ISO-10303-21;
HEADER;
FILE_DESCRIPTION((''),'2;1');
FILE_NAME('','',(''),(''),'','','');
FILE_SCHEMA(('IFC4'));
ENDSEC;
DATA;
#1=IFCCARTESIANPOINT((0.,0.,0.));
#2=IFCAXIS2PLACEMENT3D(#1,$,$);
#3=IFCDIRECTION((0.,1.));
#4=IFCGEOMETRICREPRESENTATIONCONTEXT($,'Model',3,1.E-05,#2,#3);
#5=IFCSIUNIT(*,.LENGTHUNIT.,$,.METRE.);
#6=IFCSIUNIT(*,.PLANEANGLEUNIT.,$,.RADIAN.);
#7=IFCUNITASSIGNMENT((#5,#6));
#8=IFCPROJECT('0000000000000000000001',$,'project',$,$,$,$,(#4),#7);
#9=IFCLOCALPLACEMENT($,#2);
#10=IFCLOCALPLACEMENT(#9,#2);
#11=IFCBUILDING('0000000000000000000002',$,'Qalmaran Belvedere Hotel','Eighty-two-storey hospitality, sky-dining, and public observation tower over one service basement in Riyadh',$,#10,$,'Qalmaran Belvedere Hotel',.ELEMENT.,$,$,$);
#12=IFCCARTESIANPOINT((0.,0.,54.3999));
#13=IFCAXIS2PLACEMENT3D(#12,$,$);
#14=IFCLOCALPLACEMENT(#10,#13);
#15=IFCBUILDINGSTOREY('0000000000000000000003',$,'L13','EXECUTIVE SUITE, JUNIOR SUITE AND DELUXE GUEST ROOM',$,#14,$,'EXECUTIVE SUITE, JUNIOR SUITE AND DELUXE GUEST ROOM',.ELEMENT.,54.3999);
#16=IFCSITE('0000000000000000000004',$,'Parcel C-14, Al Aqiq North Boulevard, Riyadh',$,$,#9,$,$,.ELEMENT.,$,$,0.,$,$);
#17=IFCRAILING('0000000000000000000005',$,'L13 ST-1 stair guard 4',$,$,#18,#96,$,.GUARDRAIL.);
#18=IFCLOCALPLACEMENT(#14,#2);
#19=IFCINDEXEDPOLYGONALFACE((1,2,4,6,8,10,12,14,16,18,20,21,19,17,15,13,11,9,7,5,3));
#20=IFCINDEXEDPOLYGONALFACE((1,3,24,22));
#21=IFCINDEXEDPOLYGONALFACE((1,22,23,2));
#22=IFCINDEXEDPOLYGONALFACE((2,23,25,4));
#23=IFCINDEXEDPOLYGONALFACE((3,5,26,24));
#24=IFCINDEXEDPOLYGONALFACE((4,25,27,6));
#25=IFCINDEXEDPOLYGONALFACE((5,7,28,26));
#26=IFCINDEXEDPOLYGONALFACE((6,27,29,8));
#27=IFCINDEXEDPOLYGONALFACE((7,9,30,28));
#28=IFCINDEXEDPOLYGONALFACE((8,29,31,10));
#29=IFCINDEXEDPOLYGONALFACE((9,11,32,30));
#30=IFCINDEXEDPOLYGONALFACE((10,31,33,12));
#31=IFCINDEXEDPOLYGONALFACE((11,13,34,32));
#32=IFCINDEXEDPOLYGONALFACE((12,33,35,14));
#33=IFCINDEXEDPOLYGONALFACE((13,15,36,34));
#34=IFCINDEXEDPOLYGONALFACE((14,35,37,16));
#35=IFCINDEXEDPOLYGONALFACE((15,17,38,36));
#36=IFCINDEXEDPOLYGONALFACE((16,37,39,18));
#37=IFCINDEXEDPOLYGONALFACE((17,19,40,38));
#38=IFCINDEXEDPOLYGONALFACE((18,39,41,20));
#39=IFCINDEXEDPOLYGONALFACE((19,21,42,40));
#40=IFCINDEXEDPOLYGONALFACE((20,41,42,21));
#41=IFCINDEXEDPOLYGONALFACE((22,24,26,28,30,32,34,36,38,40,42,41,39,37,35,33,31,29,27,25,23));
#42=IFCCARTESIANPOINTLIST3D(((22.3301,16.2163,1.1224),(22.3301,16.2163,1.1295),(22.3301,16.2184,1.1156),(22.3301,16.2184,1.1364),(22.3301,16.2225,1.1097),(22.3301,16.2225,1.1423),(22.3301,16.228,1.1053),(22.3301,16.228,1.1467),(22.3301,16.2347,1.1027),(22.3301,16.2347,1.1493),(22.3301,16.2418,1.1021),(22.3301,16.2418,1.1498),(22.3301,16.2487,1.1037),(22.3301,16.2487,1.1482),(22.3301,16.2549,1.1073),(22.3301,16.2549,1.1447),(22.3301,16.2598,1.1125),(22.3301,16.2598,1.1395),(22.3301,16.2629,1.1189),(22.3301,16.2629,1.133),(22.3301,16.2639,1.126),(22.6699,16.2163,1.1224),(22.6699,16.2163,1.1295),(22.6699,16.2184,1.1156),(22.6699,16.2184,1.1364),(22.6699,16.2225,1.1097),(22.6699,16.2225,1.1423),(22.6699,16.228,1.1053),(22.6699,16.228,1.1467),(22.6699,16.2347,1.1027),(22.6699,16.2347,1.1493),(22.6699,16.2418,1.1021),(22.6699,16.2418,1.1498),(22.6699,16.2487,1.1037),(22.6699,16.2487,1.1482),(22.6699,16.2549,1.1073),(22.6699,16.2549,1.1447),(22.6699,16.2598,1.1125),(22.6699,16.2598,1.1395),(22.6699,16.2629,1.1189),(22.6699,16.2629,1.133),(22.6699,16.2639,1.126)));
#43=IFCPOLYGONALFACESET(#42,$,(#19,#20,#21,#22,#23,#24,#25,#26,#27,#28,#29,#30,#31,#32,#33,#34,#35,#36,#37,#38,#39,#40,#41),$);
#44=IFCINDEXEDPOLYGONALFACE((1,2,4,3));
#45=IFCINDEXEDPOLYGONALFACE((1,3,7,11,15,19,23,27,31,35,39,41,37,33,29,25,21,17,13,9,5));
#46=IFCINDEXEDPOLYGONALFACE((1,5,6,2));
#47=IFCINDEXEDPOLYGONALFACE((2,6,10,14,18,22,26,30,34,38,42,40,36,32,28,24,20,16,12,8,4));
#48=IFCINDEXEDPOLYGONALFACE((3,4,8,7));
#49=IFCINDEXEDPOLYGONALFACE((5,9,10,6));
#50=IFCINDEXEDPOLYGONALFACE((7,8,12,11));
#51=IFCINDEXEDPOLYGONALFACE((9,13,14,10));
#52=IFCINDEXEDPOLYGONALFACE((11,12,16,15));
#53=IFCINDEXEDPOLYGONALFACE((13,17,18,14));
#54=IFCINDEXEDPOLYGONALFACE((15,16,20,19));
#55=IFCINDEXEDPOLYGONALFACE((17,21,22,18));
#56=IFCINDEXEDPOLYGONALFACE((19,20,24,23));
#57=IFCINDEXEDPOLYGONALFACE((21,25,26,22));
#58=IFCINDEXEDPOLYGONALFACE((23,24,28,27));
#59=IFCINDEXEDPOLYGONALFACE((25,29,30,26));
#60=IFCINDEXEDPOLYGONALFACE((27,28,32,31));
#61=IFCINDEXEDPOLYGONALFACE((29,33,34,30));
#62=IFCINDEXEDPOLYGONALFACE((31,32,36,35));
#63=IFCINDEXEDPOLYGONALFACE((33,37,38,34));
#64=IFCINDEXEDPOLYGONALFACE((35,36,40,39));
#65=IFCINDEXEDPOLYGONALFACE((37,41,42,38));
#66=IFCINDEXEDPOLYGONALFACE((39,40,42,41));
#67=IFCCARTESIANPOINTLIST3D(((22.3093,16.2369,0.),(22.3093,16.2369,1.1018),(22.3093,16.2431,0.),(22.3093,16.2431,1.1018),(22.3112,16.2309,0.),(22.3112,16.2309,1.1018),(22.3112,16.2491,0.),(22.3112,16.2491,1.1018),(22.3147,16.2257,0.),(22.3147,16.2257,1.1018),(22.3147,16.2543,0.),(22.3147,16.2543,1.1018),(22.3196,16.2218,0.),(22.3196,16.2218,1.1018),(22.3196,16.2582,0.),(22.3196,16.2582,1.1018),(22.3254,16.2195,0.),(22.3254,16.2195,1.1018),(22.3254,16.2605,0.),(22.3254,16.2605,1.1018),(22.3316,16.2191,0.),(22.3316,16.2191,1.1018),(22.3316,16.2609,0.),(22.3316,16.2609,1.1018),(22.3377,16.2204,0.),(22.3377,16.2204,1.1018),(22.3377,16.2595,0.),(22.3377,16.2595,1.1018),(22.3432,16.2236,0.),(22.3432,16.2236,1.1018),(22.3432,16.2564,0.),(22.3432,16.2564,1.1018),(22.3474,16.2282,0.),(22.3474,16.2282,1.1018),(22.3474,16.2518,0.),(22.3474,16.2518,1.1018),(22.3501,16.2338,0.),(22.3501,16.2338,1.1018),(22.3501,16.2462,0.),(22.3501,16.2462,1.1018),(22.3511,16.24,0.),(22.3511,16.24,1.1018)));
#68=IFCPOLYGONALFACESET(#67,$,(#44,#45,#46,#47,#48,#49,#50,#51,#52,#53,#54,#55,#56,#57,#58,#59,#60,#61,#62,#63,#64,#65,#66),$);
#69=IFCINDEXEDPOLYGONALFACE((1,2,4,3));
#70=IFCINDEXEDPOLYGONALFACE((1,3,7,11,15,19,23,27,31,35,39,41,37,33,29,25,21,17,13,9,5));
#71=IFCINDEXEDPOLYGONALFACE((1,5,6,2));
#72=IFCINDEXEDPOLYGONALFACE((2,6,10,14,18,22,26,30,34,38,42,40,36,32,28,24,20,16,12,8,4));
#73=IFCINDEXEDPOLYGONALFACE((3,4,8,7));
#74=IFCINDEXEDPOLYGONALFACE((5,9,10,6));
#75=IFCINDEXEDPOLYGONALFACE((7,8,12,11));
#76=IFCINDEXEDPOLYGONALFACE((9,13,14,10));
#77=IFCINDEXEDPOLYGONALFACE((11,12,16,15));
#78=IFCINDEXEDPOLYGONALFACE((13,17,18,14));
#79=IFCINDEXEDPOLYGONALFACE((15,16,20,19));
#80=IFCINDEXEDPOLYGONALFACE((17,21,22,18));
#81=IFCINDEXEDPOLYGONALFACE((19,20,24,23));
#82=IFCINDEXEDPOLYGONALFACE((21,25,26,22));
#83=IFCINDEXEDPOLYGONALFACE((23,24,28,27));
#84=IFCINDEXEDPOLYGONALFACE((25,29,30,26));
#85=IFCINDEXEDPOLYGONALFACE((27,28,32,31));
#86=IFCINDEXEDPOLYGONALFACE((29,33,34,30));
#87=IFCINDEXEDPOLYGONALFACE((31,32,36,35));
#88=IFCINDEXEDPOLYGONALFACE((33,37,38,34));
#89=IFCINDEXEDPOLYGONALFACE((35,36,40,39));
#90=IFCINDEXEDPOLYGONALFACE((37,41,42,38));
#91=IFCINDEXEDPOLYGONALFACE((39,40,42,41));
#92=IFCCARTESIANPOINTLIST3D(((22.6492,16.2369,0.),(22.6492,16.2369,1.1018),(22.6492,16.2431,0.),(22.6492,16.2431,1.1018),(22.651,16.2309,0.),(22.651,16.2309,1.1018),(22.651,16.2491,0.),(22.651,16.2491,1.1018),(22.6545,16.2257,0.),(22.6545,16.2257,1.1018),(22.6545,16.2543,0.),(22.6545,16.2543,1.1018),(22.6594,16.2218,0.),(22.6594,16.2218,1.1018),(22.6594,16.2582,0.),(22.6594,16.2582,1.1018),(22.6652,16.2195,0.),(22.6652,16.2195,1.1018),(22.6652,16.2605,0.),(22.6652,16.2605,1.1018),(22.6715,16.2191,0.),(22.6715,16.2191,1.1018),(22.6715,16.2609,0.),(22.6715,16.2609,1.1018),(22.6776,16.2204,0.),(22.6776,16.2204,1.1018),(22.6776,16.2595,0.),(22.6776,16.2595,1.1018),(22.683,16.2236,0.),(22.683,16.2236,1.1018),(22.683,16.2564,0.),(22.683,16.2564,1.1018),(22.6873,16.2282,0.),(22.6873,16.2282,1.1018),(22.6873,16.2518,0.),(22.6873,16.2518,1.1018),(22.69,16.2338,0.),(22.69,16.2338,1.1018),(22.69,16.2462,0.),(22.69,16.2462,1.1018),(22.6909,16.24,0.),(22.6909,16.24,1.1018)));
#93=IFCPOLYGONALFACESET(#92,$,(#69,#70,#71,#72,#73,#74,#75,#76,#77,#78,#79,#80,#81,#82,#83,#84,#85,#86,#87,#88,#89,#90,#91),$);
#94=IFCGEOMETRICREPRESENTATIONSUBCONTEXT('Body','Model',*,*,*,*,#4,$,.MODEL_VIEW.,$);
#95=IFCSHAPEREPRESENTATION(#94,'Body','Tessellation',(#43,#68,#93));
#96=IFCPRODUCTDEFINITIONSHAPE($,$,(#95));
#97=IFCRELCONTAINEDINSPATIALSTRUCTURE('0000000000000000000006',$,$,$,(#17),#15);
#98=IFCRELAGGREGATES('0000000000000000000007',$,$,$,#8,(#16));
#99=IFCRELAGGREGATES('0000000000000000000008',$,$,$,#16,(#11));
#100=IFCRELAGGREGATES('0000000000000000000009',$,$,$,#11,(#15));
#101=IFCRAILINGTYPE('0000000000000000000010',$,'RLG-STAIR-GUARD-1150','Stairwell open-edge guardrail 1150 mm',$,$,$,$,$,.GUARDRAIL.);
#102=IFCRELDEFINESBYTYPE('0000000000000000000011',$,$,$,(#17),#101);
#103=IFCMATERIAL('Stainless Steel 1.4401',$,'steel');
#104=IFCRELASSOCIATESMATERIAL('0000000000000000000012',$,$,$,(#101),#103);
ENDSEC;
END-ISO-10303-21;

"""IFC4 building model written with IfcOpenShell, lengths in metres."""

from ifc_helpers import new_model, si_unit, direction, frame, origin, origin_2d, place, context, subcontext, project, spatial, circle, extrude, material, type_object, element, save


model = new_model("IFC4")

# Units and contexts
model_context = context("Model", 3, precision=1e-05, world=origin(), true_north=direction((0.0, 1.0)))
body_context = subcontext(model_context, "Body", "Model", "MODEL_VIEW")
ifc_project = project(units=[si_unit("LENGTHUNIT", "METRE"), si_unit("PLANEANGLEUNIT", "RADIAN")], contexts=[model_context])

# Site, building, storey
site_placement = place(None, origin())
site = spatial("IfcSite", under=ifc_project, at=site_placement, Name="Parcel C-14, Al Aqiq North Boulevard, Riyadh", CompositionType="ELEMENT", RefElevation=0.0)
building_placement = place(site_placement, origin())
building = spatial("IfcBuilding", under=site, at=building_placement, Name="Qalmaran Belvedere Hotel", Description="Eighty-two-storey hospitality, sky-dining, and public observation tower over one service basement in Riyadh", LongName="Qalmaran Belvedere Hotel", CompositionType="ELEMENT")
storey_placement = place(building_placement, frame((0.0, 0.0, 54.3999)))
storey = spatial("IfcBuildingStorey", under=building, at=storey_placement, Name="L13", Description="EXECUTIVE SUITE, JUNIOR SUITE AND DELUXE GUEST ROOM", LongName="EXECUTIVE SUITE, JUNIOR SUITE AND DELUXE GUEST ROOM", CompositionType="ELEMENT", Elevation=54.3999)

# Shared definitions
ifc_material_1 = material(Name="Stainless Steel 1.4401", Category="steel")

# Railing
railing_type_1 = type_object("IfcRailingType", Name="RLG-STAIR-GUARD-1150", Description="Stairwell open-edge guardrail 1150 mm", PredefinedType="GUARDRAIL", material=ifc_material_1)
railing_1_placement = place(storey_placement, frame((22.3301, 16.24, 0.0)))
element("IfcRailing", 1, at=railing_1_placement, inside=storey, type_object=railing_type_1, Name="L13 ST-1 stair guard 4", PredefinedType="GUARDRAIL", context=body_context, shape_type="SweptSolid", body=[
    extrude(circle(Radius=0.0239, at=origin_2d()), frame((0.0, 0.0, 1.126), z_axis=(1.0, 0.0, 0.0), x_axis=(0.0, 1.0, 0.0)), (0.0, 0.0, 1.0), 0.3398),
    extrude(circle(Radius=0.021, at=origin_2d()), origin(), (0.0, 0.0, 1.0), 1.1018),
    extrude(circle(Radius=0.021, at=origin_2d()), frame((0.3398, 0.0, 0.0)), (0.0, 0.0, 1.0), 1.1018),
])

save(model, "model.ifc")
